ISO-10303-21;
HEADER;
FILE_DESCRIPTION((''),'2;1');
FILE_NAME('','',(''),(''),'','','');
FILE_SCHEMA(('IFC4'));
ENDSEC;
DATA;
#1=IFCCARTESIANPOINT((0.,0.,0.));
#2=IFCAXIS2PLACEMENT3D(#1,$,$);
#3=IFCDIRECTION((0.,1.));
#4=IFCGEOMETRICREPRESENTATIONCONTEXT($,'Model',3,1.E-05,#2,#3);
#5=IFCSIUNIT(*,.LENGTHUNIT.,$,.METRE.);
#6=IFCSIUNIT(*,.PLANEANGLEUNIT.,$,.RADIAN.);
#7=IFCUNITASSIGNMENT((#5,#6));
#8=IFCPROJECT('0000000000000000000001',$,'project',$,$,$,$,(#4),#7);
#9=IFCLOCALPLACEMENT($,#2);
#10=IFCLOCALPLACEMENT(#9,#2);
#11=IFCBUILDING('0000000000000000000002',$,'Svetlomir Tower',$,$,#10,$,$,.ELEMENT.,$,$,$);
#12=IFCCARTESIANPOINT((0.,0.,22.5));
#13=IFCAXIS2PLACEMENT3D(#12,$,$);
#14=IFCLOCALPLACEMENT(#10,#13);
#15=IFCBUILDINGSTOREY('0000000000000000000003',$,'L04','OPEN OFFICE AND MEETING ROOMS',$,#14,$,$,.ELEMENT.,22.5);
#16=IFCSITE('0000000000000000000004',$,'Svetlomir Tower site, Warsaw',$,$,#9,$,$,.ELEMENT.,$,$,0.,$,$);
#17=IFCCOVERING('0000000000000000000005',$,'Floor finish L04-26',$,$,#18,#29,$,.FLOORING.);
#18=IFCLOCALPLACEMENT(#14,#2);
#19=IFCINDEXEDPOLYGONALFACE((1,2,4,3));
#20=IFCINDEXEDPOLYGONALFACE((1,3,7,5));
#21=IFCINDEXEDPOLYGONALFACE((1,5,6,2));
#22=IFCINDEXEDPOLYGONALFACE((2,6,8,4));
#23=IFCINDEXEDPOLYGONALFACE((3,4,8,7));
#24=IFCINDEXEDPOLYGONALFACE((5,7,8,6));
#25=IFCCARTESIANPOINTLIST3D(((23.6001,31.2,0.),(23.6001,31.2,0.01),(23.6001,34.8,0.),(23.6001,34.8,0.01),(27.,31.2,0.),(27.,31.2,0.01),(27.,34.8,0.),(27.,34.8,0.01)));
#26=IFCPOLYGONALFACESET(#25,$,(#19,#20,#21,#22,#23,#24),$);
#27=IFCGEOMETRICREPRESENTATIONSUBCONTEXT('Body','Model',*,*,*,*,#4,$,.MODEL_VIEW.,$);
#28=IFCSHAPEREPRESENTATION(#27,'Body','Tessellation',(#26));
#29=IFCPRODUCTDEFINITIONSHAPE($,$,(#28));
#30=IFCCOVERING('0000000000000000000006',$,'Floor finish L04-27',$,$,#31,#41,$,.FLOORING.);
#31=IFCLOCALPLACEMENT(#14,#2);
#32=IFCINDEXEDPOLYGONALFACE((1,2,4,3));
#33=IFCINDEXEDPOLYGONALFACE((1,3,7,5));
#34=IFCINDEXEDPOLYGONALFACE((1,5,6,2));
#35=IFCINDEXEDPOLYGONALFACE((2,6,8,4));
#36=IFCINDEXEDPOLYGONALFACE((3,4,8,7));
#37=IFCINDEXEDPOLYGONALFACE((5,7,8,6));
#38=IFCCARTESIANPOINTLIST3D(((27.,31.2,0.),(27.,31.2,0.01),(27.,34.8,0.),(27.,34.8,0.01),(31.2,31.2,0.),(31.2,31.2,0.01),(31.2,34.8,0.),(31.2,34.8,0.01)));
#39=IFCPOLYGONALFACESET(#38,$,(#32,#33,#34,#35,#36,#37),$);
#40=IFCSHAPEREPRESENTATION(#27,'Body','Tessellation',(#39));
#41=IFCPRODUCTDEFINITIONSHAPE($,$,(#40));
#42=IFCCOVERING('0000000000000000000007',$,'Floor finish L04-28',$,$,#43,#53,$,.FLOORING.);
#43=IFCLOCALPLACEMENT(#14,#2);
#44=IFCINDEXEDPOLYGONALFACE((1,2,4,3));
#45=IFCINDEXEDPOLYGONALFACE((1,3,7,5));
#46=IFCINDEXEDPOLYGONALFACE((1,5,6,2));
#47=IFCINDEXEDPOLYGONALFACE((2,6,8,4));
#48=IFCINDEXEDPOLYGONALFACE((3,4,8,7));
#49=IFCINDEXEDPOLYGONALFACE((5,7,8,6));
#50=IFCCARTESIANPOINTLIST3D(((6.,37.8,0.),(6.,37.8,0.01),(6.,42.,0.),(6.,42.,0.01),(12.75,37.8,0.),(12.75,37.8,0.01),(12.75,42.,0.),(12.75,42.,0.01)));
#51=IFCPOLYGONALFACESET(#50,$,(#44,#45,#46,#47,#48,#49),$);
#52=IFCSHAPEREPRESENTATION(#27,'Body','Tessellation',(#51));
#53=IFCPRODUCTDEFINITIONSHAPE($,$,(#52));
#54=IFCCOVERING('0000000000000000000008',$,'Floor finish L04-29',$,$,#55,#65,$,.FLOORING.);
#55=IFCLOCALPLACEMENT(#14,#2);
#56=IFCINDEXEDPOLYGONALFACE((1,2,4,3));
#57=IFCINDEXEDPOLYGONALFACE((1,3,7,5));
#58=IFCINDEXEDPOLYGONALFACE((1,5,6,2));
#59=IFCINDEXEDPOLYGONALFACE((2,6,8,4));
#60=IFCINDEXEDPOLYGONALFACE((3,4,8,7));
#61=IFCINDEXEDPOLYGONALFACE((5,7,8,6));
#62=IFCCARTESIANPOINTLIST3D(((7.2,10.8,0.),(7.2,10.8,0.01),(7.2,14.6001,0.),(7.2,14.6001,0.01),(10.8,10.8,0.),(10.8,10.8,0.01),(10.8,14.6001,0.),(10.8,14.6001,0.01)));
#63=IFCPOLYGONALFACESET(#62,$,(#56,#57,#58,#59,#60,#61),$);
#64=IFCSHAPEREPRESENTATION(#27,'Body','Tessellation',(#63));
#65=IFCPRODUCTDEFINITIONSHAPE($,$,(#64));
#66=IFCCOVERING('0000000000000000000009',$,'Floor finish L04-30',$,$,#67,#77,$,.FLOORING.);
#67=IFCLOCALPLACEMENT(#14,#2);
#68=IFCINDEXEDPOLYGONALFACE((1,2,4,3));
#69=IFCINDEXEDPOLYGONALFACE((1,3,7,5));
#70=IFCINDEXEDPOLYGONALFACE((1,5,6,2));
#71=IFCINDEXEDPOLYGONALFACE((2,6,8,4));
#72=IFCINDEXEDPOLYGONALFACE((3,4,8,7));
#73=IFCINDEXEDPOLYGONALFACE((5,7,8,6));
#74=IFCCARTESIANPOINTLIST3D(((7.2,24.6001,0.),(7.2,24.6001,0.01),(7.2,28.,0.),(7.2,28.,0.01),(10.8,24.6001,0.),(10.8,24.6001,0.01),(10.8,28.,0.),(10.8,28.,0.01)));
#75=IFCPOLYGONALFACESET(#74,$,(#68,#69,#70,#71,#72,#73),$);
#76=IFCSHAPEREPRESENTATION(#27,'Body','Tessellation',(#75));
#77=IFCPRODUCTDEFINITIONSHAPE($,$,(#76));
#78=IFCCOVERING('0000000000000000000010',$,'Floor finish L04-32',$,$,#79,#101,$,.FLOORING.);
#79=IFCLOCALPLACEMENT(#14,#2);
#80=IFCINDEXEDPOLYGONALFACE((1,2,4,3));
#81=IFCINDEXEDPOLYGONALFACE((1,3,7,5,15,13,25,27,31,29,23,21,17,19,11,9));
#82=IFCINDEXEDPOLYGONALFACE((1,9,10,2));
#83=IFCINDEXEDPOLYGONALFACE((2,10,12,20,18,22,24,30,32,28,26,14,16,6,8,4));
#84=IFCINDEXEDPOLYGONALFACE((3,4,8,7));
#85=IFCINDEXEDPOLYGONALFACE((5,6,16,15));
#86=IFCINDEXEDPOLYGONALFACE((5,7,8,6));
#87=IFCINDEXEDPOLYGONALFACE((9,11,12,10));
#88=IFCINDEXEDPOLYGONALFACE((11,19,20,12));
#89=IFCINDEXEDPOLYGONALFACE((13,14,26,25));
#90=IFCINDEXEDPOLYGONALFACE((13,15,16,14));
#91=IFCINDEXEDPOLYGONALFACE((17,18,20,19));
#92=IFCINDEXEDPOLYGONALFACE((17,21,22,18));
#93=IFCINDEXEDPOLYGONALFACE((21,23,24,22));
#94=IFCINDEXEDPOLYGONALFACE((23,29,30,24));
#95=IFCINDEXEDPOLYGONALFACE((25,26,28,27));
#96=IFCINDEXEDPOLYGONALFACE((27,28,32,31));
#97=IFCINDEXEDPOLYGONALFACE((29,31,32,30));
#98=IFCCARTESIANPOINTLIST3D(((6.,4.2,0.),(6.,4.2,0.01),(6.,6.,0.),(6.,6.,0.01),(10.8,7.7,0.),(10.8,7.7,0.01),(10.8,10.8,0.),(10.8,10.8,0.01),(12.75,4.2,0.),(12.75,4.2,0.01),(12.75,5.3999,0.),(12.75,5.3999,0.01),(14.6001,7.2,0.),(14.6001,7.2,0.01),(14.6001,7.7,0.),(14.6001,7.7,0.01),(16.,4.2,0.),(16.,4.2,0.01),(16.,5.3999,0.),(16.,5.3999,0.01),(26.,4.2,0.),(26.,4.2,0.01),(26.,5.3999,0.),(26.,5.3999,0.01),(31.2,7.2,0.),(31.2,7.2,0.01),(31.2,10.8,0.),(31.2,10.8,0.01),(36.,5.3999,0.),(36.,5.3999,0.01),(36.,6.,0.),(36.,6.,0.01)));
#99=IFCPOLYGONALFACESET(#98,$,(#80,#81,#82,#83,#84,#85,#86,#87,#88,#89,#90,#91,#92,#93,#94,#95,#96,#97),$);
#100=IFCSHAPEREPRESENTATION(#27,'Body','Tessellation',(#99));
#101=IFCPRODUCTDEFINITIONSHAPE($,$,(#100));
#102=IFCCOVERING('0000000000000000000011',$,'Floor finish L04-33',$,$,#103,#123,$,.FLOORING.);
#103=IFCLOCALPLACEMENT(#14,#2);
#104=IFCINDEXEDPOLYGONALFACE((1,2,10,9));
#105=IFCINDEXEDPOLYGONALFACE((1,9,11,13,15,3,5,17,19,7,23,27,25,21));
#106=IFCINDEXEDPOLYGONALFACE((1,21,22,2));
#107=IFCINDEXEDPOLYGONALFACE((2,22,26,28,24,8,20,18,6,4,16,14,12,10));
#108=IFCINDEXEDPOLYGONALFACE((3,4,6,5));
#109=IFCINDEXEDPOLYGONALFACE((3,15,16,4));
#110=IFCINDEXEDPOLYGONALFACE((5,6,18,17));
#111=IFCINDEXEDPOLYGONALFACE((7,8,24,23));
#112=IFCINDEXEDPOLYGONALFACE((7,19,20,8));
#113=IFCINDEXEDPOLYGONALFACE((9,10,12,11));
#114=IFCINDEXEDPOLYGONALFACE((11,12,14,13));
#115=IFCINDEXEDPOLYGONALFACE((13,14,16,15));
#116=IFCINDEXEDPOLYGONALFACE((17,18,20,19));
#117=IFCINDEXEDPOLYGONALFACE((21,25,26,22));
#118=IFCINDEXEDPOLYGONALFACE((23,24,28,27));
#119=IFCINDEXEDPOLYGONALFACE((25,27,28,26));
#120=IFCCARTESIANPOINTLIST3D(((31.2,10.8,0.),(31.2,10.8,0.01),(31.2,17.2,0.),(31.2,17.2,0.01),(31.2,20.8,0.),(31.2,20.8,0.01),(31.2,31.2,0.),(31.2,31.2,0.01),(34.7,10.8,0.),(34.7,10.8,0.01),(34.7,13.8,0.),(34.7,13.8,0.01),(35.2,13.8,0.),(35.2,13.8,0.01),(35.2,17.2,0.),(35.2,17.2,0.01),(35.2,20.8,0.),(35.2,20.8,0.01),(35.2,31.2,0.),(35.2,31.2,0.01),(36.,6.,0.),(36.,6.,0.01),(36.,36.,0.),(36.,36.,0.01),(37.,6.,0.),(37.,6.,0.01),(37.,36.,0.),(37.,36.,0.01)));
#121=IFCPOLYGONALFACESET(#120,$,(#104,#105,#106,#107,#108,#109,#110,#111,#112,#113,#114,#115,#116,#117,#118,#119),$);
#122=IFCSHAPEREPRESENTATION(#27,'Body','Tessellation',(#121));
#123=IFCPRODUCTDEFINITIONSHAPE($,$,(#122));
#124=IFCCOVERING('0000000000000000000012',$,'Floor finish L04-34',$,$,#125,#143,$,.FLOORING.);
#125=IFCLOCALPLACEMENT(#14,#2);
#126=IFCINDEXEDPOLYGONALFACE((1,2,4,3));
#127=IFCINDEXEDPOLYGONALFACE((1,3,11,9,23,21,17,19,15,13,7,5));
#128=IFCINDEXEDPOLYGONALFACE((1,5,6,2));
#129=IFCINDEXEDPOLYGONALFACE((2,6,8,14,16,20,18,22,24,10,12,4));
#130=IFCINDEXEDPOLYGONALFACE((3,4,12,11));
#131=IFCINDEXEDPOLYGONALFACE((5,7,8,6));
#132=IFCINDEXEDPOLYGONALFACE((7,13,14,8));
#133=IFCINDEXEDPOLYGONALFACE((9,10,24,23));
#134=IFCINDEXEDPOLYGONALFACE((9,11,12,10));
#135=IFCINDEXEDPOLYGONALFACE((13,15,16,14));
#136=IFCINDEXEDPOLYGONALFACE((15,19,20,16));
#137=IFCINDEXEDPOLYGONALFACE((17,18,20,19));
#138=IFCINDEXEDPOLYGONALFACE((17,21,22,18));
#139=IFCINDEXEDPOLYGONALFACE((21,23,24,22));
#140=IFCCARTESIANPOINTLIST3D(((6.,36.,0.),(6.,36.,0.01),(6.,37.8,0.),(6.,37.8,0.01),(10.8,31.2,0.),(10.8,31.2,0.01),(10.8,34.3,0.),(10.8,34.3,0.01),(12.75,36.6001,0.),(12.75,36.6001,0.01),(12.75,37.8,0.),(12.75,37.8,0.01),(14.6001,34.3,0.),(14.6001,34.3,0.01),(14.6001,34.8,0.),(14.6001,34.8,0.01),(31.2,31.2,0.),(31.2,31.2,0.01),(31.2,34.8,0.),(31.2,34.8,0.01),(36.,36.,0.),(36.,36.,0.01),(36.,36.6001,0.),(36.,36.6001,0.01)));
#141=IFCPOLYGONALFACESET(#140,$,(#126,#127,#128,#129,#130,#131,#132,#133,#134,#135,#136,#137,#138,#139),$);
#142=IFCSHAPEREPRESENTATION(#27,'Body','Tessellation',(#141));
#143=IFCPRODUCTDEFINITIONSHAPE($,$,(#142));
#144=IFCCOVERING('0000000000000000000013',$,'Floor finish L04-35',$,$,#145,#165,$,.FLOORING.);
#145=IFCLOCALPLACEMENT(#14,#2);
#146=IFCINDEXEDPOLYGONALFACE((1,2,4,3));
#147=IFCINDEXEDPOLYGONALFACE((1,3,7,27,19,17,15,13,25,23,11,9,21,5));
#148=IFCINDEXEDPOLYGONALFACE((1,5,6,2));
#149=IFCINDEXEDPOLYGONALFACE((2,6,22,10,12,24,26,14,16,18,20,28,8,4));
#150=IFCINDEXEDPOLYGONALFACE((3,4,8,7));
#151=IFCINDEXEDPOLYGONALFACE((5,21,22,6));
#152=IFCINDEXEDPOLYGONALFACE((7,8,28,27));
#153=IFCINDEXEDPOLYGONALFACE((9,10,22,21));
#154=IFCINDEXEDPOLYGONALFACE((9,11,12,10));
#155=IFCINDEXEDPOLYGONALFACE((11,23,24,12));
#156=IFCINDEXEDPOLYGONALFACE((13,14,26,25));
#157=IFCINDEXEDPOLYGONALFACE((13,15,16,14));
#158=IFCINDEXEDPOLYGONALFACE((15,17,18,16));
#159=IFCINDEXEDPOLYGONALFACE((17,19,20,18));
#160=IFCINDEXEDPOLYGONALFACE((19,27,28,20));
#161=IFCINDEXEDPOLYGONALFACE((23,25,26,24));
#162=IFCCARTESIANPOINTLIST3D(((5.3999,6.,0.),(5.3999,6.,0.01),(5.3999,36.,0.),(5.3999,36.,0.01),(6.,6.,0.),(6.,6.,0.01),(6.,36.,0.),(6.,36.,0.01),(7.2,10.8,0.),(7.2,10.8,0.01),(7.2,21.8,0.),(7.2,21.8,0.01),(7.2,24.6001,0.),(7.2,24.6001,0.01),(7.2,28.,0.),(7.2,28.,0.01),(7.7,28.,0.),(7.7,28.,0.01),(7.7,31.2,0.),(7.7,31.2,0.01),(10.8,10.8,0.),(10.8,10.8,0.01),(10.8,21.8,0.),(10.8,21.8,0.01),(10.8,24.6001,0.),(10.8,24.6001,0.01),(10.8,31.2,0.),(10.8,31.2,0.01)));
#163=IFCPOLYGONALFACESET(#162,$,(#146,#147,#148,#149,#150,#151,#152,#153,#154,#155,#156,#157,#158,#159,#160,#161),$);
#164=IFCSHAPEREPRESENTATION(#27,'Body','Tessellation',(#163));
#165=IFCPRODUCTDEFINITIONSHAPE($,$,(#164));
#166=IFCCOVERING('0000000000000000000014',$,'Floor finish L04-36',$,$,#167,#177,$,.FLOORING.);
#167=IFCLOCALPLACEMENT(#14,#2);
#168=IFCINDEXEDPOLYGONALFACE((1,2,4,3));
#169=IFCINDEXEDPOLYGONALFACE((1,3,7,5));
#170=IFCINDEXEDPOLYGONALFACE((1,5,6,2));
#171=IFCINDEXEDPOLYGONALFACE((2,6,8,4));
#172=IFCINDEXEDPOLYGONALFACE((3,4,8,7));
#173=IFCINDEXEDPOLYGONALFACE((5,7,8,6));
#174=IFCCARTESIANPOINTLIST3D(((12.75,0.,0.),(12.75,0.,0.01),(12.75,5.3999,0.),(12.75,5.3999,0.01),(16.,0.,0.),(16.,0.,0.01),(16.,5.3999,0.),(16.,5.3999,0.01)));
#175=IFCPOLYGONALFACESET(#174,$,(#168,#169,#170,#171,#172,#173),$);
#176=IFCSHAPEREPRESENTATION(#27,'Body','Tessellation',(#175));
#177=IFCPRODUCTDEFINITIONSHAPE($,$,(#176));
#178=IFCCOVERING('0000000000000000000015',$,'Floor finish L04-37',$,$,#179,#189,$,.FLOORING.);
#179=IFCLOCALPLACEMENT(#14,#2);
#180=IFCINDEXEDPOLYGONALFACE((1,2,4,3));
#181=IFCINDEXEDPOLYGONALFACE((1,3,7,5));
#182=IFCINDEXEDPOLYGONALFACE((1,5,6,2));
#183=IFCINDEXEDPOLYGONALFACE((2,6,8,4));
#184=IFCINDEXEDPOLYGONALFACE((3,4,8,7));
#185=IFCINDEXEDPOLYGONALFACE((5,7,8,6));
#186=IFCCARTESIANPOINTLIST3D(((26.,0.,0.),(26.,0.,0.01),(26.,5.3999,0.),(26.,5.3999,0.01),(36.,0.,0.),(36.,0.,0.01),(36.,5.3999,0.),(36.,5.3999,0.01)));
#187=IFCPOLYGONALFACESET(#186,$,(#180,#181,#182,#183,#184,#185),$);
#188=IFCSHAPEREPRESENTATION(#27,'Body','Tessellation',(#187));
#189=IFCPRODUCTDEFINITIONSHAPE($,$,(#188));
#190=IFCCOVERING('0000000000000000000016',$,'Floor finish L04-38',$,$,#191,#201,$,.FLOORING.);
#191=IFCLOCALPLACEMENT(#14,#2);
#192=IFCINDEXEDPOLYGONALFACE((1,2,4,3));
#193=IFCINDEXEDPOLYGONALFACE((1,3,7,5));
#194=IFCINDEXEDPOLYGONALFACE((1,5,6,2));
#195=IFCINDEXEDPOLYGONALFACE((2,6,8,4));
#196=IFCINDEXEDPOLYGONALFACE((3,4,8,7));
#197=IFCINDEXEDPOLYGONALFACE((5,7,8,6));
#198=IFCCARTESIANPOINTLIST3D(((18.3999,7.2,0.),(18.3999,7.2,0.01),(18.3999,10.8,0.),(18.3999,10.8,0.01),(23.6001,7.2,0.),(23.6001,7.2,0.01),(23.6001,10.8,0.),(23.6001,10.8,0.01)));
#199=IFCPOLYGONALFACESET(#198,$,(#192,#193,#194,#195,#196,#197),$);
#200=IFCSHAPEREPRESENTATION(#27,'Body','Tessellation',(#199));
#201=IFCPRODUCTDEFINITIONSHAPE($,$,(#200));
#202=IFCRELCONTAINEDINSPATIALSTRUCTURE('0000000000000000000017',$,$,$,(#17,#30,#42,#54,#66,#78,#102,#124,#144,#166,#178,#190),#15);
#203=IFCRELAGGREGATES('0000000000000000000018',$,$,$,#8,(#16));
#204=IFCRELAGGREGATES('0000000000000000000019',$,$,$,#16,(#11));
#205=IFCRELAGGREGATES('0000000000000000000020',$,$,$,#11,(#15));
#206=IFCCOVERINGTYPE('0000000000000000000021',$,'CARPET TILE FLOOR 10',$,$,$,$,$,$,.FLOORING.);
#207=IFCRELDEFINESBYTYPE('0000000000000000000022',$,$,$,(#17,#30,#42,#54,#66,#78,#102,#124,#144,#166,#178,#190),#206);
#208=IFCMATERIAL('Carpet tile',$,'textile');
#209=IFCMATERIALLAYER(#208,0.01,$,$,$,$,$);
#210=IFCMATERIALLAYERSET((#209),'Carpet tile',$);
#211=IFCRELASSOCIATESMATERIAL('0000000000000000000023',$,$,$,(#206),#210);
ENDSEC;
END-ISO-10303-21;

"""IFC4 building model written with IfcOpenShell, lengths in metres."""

from ifc_helpers import new_model, si_unit, direction, frame, origin, place, context, subcontext, project, spatial, polyline, outline, extrude, material, layer, layer_set, type_object, element, save


model = new_model("IFC4")

# Units and contexts
model_context = context("Model", 3, precision=1e-05, world=origin(), true_north=direction((0.0, 1.0)))
body_context = subcontext(model_context, "Body", "Model", "MODEL_VIEW")
ifc_project = project(units=[si_unit("LENGTHUNIT", "METRE"), si_unit("PLANEANGLEUNIT", "RADIAN")], contexts=[model_context])

# Site, building, storey
site_placement = place(None, origin())
site = spatial("IfcSite", under=ifc_project, at=site_placement, Name="Svetlomir Tower site, Warsaw", CompositionType="ELEMENT", RefElevation=0.0)
building_placement = place(site_placement, origin())
building = spatial("IfcBuilding", under=site, at=building_placement, Name="Svetlomir Tower", CompositionType="ELEMENT")
storey_placement = place(building_placement, frame((0.0, 0.0, 22.5)))
storey = spatial("IfcBuildingStorey", under=building, at=storey_placement, Name="L04", Description="OPEN OFFICE AND MEETING ROOMS", CompositionType="ELEMENT", Elevation=22.5)

# Coverings
ifc_material_1 = material(Name="Carpet tile", Category="textile")
ifc_layer_1 = layer(ifc_material_1, 0.01)
ifc_layer_set_1 = layer_set([ifc_layer_1], Name="Carpet tile")
covering_type_1 = type_object("IfcCoveringType", Name="CARPET TILE FLOOR 10", PredefinedType="FLOORING", material=ifc_layer_set_1)
covering_1_placement = place(storey_placement, origin())
element("IfcCovering", 1, at=covering_1_placement, inside=storey, type_object=covering_type_1, Name="Floor finish L04-26", PredefinedType="FLOORING", context=body_context, shape_type="SweptSolid", body=[
    extrude(outline(polyline([(23.6001, 31.2), (27.0, 31.2), (27.0, 34.8), (23.6001, 34.8), (23.6001, 31.2)])), origin(), (0.0, 0.0, 1.0), 0.01),
])
covering_2_placement = place(storey_placement, origin())
element("IfcCovering", 2, at=covering_2_placement, inside=storey, type_object=covering_type_1, Name="Floor finish L04-27", PredefinedType="FLOORING", context=body_context, shape_type="SweptSolid", body=[
    extrude(outline(polyline([(27.0, 31.2), (31.2, 31.2), (31.2, 34.8), (27.0, 34.8), (27.0, 31.2)])), origin(), (0.0, 0.0, 1.0), 0.01),
])
covering_3_placement = place(storey_placement, origin())
element("IfcCovering", 3, at=covering_3_placement, inside=storey, type_object=covering_type_1, Name="Floor finish L04-28", PredefinedType="FLOORING", context=body_context, shape_type="SweptSolid", body=[
    extrude(outline(polyline([(6.0, 37.8), (12.75, 37.8), (12.75, 42.0), (6.0, 42.0), (6.0, 37.8)])), origin(), (0.0, 0.0, 1.0), 0.01),
])
covering_4_placement = place(storey_placement, origin())
element("IfcCovering", 4, at=covering_4_placement, inside=storey, type_object=covering_type_1, Name="Floor finish L04-29", PredefinedType="FLOORING", context=body_context, shape_type="SweptSolid", body=[
    extrude(outline(polyline([(7.2, 10.8), (10.8, 10.8), (10.8, 14.6001), (7.2, 14.6001), (7.2, 10.8)])), origin(), (0.0, 0.0, 1.0), 0.01),
])
covering_5_placement = place(storey_placement, origin())
element("IfcCovering", 5, at=covering_5_placement, inside=storey, type_object=covering_type_1, Name="Floor finish L04-30", PredefinedType="FLOORING", context=body_context, shape_type="SweptSolid", body=[
    extrude(outline(polyline([(7.2, 24.6001), (10.8, 24.6001), (10.8, 28.0), (7.2, 28.0), (7.2, 24.6001)])), origin(), (0.0, 0.0, 1.0), 0.01),
])
covering_6_placement = place(storey_placement, origin())
element("IfcCovering", 6, at=covering_6_placement, inside=storey, type_object=covering_type_1, Name="Floor finish L04-32", PredefinedType="FLOORING", context=body_context, shape_type="SweptSolid", body=[
    extrude(outline(polyline([(6.0, 4.2), (6.0, 6.0), (10.8, 10.8), (10.8, 7.7), (14.6001, 7.7), (14.6001, 7.2), (31.2, 7.2), (31.2, 10.8), (36.0, 6.0), (36.0, 5.3999), (26.0, 5.3999), (26.0, 4.2), (16.0, 4.2), (16.0, 5.3999), (12.75, 5.3999), (12.75, 4.2), (6.0, 4.2)])), origin(), (0.0, 0.0, 1.0), 0.01),
])
covering_7_placement = place(storey_placement, origin())
element("IfcCovering", 7, at=covering_7_placement, inside=storey, type_object=covering_type_1, Name="Floor finish L04-33", PredefinedType="FLOORING", context=body_context, shape_type="SweptSolid", body=[
    extrude(outline(polyline([(31.2, 20.8), (35.2, 20.8), (35.2, 31.2), (31.2, 31.2), (36.0, 36.0), (37.0, 36.0), (37.0, 6.0), (36.0, 6.0), (31.2, 10.8), (34.7, 10.8), (34.7, 13.8), (35.2, 13.8), (35.2, 17.2), (31.2, 17.2), (31.2, 20.8)])), origin(), (0.0, 0.0, 1.0), 0.01),
])
covering_8_placement = place(storey_placement, origin())
element("IfcCovering", 8, at=covering_8_placement, inside=storey, type_object=covering_type_1, Name="Floor finish L04-34", PredefinedType="FLOORING", context=body_context, shape_type="SweptSolid", body=[
    extrude(outline(polyline([(6.0, 37.8), (12.75, 37.8), (12.75, 36.6001), (36.0, 36.6001), (36.0, 36.0), (31.2, 31.2), (31.2, 34.8), (14.6001, 34.8), (14.6001, 34.3), (10.8, 34.3), (10.8, 31.2), (6.0, 36.0), (6.0, 37.8)])), origin(), (0.0, 0.0, 1.0), 0.01),
])
covering_9_placement = place(storey_placement, origin())
element("IfcCovering", 9, at=covering_9_placement, inside=storey, type_object=covering_type_1, Name="Floor finish L04-35", PredefinedType="FLOORING", context=body_context, shape_type="SweptSolid", body=[
    extrude(outline(polyline([(5.3999, 6.0), (5.3999, 36.0), (6.0, 36.0), (10.8, 31.2), (7.7, 31.2), (7.7, 28.0), (7.2, 28.0), (7.2, 24.6001), (10.8, 24.6001), (10.8, 21.8), (7.2, 21.8), (7.2, 10.8), (10.8, 10.8), (6.0, 6.0), (5.3999, 6.0)])), origin(), (0.0, 0.0, 1.0), 0.01),
])
covering_10_placement = place(storey_placement, origin())
element("IfcCovering", 10, at=covering_10_placement, inside=storey, type_object=covering_type_1, Name="Floor finish L04-36", PredefinedType="FLOORING", context=body_context, shape_type="SweptSolid", body=[
    extrude(outline(polyline([(12.75, 5.3999), (16.0, 5.3999), (16.0, 0.0), (12.75, 0.0), (12.75, 5.3999)])), origin(), (0.0, 0.0, 1.0), 0.01),
])
covering_11_placement = place(storey_placement, origin())
element("IfcCovering", 11, at=covering_11_placement, inside=storey, type_object=covering_type_1, Name="Floor finish L04-37", PredefinedType="FLOORING", context=body_context, shape_type="SweptSolid", body=[
    extrude(outline(polyline([(26.0, 0.0), (26.0, 5.3999), (36.0, 5.3999), (36.0, 0.0), (26.0, 0.0)])), origin(), (0.0, 0.0, 1.0), 0.01),
])
covering_12_placement = place(storey_placement, origin())
element("IfcCovering", 12, at=covering_12_placement, inside=storey, type_object=covering_type_1, Name="Floor finish L04-38", PredefinedType="FLOORING", context=body_context, shape_type="SweptSolid", body=[
    extrude(outline(polyline([(23.6001, 10.8), (23.6001, 7.2), (18.3999, 7.2), (18.3999, 10.8), (23.6001, 10.8)])), origin(), (0.0, 0.0, 1.0), 0.01),
])

save(model, "model.ifc")
